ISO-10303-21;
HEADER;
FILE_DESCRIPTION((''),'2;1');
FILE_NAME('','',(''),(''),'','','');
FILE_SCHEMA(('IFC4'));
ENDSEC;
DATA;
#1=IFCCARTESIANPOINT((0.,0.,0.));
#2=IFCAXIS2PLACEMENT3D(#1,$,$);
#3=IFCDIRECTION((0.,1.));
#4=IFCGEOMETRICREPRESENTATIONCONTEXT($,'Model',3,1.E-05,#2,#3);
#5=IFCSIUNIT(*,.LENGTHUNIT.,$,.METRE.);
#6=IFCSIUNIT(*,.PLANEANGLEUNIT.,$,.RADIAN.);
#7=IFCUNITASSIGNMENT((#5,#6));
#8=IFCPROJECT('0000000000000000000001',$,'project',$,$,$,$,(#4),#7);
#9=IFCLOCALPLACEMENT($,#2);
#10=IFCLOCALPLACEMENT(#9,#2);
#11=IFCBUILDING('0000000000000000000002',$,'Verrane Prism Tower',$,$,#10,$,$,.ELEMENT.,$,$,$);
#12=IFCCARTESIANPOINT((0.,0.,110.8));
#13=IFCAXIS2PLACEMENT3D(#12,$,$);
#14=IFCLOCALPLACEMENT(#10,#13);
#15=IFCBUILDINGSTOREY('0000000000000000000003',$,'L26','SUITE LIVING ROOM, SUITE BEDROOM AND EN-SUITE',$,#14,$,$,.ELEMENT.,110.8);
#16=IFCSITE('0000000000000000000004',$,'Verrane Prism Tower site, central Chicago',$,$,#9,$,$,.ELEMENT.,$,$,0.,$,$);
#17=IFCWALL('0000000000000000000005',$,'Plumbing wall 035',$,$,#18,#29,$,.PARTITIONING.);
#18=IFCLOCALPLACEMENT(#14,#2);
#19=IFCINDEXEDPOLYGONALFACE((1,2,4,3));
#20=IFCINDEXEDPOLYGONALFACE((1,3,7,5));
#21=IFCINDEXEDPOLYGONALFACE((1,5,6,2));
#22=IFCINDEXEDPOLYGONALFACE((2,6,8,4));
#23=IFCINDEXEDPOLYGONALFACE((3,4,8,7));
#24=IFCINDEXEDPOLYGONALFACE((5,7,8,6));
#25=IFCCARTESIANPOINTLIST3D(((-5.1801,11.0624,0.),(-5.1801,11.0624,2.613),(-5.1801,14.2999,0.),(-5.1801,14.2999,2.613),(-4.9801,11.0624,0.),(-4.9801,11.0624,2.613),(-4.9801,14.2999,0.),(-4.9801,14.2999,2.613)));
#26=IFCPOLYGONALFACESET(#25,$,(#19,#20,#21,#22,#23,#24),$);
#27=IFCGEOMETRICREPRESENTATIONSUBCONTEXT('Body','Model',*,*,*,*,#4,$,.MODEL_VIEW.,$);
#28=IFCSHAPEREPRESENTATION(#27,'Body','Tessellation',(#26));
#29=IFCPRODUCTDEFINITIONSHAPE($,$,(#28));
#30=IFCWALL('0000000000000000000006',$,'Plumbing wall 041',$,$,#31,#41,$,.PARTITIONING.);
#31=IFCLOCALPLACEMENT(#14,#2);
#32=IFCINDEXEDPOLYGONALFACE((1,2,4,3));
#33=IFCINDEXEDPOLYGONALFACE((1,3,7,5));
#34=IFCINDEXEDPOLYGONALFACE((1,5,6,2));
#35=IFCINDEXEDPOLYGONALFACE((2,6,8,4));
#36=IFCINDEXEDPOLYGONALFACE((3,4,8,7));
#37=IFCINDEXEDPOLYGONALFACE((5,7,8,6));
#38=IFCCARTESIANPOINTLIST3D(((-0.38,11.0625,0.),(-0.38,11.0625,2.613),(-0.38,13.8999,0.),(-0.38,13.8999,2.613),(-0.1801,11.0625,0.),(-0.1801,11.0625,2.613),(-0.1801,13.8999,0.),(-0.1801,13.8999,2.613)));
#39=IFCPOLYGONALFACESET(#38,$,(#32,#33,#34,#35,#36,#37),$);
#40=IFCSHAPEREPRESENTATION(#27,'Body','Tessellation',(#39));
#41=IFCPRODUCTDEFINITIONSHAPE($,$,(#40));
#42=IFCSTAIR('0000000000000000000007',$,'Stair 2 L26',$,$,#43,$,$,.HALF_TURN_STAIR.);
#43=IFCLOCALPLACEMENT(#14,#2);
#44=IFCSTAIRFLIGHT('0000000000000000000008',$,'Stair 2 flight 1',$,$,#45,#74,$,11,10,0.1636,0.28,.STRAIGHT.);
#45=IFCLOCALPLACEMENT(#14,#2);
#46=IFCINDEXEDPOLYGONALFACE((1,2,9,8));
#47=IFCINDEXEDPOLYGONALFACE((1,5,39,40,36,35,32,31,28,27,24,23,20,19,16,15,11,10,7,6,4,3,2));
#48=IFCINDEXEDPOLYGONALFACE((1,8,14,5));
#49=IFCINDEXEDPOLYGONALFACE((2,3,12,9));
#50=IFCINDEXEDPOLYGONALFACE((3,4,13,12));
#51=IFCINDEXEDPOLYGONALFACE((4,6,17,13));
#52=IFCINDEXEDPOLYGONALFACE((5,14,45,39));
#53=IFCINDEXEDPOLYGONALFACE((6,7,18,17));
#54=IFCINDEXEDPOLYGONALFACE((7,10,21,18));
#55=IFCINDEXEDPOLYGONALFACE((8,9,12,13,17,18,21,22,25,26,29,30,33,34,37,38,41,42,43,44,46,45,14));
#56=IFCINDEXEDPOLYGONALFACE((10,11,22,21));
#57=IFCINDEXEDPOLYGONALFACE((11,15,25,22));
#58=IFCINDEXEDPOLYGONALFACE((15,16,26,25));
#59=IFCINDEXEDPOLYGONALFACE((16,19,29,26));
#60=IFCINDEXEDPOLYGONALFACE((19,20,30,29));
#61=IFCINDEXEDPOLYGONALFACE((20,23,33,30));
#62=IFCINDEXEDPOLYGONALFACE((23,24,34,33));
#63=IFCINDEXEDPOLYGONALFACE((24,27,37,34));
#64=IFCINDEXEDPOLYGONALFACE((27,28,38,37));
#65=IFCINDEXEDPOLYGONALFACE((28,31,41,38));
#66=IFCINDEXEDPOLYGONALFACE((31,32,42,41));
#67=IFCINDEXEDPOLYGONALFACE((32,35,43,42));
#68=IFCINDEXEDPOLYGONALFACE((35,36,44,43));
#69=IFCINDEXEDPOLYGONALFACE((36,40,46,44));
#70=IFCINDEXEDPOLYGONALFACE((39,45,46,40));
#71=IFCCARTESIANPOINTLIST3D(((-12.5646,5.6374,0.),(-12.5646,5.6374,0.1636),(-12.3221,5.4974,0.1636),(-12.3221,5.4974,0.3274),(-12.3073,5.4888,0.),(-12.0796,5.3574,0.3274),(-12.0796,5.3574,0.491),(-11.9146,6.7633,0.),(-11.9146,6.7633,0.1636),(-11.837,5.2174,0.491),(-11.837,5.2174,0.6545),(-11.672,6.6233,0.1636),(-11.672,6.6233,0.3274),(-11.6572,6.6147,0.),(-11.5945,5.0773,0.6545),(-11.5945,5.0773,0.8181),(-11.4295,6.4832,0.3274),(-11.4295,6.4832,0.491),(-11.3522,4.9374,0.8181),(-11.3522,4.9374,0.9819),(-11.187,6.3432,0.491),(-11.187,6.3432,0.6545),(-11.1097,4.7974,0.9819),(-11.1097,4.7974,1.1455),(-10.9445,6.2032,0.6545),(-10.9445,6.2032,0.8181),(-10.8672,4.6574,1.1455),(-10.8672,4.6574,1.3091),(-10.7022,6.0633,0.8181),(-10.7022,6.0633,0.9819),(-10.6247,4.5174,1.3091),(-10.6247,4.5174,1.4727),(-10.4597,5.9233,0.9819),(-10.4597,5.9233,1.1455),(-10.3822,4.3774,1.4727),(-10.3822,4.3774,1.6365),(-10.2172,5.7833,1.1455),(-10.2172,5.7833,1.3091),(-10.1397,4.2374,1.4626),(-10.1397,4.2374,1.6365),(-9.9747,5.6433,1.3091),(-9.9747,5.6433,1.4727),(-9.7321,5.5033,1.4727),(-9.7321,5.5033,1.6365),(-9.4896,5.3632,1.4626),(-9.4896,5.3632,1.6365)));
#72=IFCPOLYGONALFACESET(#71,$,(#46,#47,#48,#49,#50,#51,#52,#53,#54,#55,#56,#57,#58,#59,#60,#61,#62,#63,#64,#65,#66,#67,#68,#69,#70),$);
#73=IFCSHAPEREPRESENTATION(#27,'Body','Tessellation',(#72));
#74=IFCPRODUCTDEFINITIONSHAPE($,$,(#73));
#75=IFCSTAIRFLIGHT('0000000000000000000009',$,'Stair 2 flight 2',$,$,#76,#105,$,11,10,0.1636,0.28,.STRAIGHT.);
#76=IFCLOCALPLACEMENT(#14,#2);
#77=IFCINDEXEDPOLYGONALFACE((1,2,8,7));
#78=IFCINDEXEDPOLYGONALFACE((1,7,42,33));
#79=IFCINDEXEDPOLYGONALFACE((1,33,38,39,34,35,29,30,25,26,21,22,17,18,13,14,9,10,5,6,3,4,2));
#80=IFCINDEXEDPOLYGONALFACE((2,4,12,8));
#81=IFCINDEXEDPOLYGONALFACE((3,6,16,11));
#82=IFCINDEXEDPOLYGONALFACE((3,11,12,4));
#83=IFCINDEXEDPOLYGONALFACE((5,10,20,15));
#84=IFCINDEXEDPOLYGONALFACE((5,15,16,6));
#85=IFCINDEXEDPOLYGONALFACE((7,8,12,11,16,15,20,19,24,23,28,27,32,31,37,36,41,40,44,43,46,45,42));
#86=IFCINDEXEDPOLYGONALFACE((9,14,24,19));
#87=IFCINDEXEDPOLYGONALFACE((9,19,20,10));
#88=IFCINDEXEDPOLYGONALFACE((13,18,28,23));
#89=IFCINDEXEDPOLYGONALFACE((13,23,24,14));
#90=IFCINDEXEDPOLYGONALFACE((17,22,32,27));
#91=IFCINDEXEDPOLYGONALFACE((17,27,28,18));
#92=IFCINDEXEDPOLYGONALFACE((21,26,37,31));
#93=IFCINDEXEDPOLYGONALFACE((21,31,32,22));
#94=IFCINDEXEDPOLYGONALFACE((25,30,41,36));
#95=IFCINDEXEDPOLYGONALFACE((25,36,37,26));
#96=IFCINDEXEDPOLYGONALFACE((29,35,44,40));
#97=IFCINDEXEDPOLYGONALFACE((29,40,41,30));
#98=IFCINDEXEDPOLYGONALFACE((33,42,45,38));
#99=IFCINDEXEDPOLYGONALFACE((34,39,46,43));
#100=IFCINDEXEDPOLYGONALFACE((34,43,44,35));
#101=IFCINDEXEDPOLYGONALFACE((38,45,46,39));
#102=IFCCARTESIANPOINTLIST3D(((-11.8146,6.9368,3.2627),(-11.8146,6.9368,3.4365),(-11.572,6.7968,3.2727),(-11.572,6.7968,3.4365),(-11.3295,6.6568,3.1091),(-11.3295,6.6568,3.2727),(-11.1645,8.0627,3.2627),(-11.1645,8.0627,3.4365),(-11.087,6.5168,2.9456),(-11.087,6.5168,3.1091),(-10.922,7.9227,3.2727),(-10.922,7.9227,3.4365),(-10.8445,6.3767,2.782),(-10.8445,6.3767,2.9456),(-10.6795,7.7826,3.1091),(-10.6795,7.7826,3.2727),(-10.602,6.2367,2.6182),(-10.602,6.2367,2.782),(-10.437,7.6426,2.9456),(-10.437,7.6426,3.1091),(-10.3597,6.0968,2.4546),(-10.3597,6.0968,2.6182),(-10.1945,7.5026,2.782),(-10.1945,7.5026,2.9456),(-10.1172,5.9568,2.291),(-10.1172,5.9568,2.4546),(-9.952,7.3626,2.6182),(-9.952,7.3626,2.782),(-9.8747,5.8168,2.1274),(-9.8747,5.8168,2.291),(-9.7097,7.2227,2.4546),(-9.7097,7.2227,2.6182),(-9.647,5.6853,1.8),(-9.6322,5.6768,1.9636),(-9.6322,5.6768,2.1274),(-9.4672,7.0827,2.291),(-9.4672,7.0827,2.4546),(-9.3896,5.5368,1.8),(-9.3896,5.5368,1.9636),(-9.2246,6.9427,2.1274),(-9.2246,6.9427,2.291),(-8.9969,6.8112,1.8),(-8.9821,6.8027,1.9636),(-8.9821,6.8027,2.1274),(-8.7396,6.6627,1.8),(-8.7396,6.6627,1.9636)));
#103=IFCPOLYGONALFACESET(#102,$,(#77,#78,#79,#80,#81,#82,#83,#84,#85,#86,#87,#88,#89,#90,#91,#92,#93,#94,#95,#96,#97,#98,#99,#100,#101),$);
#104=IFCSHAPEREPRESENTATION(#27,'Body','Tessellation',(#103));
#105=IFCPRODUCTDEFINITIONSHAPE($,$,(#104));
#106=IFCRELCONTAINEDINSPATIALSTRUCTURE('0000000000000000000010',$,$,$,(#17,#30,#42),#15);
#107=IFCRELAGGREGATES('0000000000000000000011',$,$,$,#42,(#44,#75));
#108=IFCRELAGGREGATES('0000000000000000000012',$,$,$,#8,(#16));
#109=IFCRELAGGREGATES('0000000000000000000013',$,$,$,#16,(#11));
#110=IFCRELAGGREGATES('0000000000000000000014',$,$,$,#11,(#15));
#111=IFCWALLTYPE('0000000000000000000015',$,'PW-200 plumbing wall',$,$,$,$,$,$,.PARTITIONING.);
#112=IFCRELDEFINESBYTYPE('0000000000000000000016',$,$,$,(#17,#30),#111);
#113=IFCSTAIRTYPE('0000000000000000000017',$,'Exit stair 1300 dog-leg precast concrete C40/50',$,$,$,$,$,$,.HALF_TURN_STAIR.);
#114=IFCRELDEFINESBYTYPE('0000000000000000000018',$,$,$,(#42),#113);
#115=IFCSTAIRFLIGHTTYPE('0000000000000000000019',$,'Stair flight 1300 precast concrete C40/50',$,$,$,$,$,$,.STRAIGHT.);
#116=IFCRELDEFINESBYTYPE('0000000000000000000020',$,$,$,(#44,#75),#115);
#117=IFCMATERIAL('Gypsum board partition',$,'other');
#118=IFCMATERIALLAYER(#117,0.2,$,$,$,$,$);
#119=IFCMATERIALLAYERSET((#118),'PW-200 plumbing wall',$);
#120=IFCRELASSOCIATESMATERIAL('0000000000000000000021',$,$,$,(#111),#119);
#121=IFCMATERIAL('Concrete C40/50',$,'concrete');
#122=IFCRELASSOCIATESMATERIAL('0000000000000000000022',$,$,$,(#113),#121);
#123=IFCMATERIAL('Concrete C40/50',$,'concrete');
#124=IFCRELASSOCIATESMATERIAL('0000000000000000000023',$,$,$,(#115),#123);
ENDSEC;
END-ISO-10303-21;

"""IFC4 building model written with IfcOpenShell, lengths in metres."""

from ifc_helpers import new_model, si_unit, direction, frame, frame_2d, origin, place, context, subcontext, project, spatial, polyline, rectangle, outline, extrude, material, layer, layer_set, type_object, element, aggregate, save


model = new_model("IFC4")

# Units and contexts
model_context = context("Model", 3, precision=1e-05, world=origin(), true_north=direction((0.0, 1.0)))
body_context = subcontext(model_context, "Body", "Model", "MODEL_VIEW")
ifc_project = project(units=[si_unit("LENGTHUNIT", "METRE"), si_unit("PLANEANGLEUNIT", "RADIAN")], contexts=[model_context])

# Site, building, storey
site_placement = place(None, origin())
site = spatial("IfcSite", under=ifc_project, at=site_placement, Name="Verrane Prism Tower site, central Chicago", CompositionType="ELEMENT", RefElevation=0.0)
building_placement = place(site_placement, origin())
building = spatial("IfcBuilding", under=site, at=building_placement, Name="Verrane Prism Tower", CompositionType="ELEMENT")
storey_placement = place(building_placement, frame((0.0, 0.0, 110.8)))
storey = spatial("IfcBuildingStorey", under=building, at=storey_placement, Name="L26", Description="SUITE LIVING ROOM, SUITE BEDROOM AND EN-SUITE", CompositionType="ELEMENT", Elevation=110.8)

# Walls
ifc_material_1 = material(Name="Gypsum board partition", Category="other")
ifc_layer_1 = layer(ifc_material_1, 0.2)
ifc_layer_set_1 = layer_set([ifc_layer_1], Name="PW-200 plumbing wall")
wall_type_1 = type_object("IfcWallType", Name="PW-200 plumbing wall", PredefinedType="PARTITIONING", material=ifc_layer_set_1)
wall_1_placement = place(storey_placement, frame((-5.0801, 11.0625, 0.0), z_axis=(0.0, 0.0, 1.0), x_axis=(0.0, 1.0, 0.0)))
element("IfcWall", 1, at=wall_1_placement, inside=storey, type_object=wall_type_1, Name="Plumbing wall 035", PredefinedType="PARTITIONING", context=body_context, shape_type="SweptSolid", body=[
    extrude(rectangle(XDim=3.2375, YDim=0.2, at=frame_2d((1.6187, 0.0))), origin(), (0.0, 0.0, 1.0), 2.613),
])
wall_2_placement = place(storey_placement, frame((-0.28, 11.0625, 0.0), z_axis=(0.0, 0.0, 1.0), x_axis=(0.0, 1.0, 0.0)))
element("IfcWall", 2, at=wall_2_placement, inside=storey, type_object=wall_type_1, Name="Plumbing wall 041", PredefinedType="PARTITIONING", context=body_context, shape_type="SweptSolid", body=[
    extrude(rectangle(XDim=2.8374, YDim=0.2, at=frame_2d((1.4187, 0.0))), origin(), (0.0, 0.0, 1.0), 2.613),
])

# Stair, stair flights
ifc_material_2 = material(Name="Concrete C40/50", Category="concrete")
stair_type = type_object("IfcStairType", Name="Exit stair 1300 dog-leg precast concrete C40/50", PredefinedType="HALF_TURN_STAIR", material=ifc_material_2)
stair_placement = place(storey_placement, origin())
stair = element("IfcStair", 3, at=stair_placement, inside=storey, type_object=stair_type, Name="Stair 2 L26", PredefinedType="HALF_TURN_STAIR")
ifc_material_3 = material(Name="Concrete C40/50", Category="concrete")
stair_flight_type = type_object("IfcStairFlightType", Name="Stair flight 1300 precast concrete C40/50", PredefinedType="STRAIGHT", material=ifc_material_3)
stair_flight_1_placement = place(storey_placement, frame((-12.2395, 6.2004, 0.0), z_axis=(0.0, 0.0, 1.0), x_axis=(0.866025, -0.5, 0.0)))
stair_flight_1 = element("IfcStairFlight", 4, at=stair_flight_1_placement, type_object=stair_flight_type, Name="Stair 2 flight 1", NumberOfRisers=11, NumberOfTreads=10, PredefinedType="STRAIGHT", RiserHeight=0.1636, TreadLength=0.28, context=body_context, shape_type="SweptSolid", body=[
    extrude(outline(polyline([(0.0, 0.0), (0.0, 0.1636), (0.28, 0.1636), (0.28, 0.3274), (0.5601, 0.3274), (0.5601, 0.491), (0.8401, 0.491), (0.8401, 0.6545), (1.1201, 0.6545), (1.1201, 0.8181), (1.3999, 0.8181), (1.3999, 0.9819), (1.6799, 0.9819), (1.6799, 1.1455), (1.96, 1.1455), (1.96, 1.3091), (2.24, 1.3091), (2.24, 1.4727), (2.52, 1.4727), (2.52, 1.6365), (2.8, 1.6365), (2.8, 1.8), (2.8, 1.4626), (0.2971, 0.0), (0.0, 0.0)])), frame((0.0, 0.6499, 0.0), z_axis=(0.0, -1.0, 0.0), x_axis=(1.0, 0.0, 0.0)), (0.0, 0.0, 1.0), 1.3),
])
stair_flight_2_placement = place(storey_placement, frame((-9.0647, 6.0996, 1.8), z_axis=(0.0, 0.0, 1.0), x_axis=(-0.866025, 0.5, 0.0)))
stair_flight_2 = element("IfcStairFlight", 5, at=stair_flight_2_placement, type_object=stair_flight_type, Name="Stair 2 flight 2", NumberOfRisers=11, NumberOfTreads=10, PredefinedType="STRAIGHT", RiserHeight=0.1636, TreadLength=0.28, context=body_context, shape_type="SweptSolid", body=[
    extrude(outline(polyline([(0.0, 0.0), (0.0, 0.1636), (0.28, 0.1636), (0.28, 0.3274), (0.5601, 0.3274), (0.5601, 0.491), (0.8401, 0.491), (0.8401, 0.6545), (1.1201, 0.6545), (1.1201, 0.8181), (1.3999, 0.8181), (1.3999, 0.9819), (1.6799, 0.9819), (1.6799, 1.1455), (1.96, 1.1455), (1.96, 1.3091), (2.24, 1.3091), (2.24, 1.4727), (2.52, 1.4727), (2.52, 1.6365), (2.8, 1.6365), (2.8, 1.8), (2.8, 1.4626), (0.2971, 0.0), (0.0, 0.0)])), frame((0.0, 0.6499, 0.0), z_axis=(0.0, -1.0, 0.0), x_axis=(1.0, 0.0, 0.0)), (0.0, 0.0, 1.0), 1.3),
])
aggregate(stair, [stair_flight_1, stair_flight_2])

save(model, "model.ifc")
